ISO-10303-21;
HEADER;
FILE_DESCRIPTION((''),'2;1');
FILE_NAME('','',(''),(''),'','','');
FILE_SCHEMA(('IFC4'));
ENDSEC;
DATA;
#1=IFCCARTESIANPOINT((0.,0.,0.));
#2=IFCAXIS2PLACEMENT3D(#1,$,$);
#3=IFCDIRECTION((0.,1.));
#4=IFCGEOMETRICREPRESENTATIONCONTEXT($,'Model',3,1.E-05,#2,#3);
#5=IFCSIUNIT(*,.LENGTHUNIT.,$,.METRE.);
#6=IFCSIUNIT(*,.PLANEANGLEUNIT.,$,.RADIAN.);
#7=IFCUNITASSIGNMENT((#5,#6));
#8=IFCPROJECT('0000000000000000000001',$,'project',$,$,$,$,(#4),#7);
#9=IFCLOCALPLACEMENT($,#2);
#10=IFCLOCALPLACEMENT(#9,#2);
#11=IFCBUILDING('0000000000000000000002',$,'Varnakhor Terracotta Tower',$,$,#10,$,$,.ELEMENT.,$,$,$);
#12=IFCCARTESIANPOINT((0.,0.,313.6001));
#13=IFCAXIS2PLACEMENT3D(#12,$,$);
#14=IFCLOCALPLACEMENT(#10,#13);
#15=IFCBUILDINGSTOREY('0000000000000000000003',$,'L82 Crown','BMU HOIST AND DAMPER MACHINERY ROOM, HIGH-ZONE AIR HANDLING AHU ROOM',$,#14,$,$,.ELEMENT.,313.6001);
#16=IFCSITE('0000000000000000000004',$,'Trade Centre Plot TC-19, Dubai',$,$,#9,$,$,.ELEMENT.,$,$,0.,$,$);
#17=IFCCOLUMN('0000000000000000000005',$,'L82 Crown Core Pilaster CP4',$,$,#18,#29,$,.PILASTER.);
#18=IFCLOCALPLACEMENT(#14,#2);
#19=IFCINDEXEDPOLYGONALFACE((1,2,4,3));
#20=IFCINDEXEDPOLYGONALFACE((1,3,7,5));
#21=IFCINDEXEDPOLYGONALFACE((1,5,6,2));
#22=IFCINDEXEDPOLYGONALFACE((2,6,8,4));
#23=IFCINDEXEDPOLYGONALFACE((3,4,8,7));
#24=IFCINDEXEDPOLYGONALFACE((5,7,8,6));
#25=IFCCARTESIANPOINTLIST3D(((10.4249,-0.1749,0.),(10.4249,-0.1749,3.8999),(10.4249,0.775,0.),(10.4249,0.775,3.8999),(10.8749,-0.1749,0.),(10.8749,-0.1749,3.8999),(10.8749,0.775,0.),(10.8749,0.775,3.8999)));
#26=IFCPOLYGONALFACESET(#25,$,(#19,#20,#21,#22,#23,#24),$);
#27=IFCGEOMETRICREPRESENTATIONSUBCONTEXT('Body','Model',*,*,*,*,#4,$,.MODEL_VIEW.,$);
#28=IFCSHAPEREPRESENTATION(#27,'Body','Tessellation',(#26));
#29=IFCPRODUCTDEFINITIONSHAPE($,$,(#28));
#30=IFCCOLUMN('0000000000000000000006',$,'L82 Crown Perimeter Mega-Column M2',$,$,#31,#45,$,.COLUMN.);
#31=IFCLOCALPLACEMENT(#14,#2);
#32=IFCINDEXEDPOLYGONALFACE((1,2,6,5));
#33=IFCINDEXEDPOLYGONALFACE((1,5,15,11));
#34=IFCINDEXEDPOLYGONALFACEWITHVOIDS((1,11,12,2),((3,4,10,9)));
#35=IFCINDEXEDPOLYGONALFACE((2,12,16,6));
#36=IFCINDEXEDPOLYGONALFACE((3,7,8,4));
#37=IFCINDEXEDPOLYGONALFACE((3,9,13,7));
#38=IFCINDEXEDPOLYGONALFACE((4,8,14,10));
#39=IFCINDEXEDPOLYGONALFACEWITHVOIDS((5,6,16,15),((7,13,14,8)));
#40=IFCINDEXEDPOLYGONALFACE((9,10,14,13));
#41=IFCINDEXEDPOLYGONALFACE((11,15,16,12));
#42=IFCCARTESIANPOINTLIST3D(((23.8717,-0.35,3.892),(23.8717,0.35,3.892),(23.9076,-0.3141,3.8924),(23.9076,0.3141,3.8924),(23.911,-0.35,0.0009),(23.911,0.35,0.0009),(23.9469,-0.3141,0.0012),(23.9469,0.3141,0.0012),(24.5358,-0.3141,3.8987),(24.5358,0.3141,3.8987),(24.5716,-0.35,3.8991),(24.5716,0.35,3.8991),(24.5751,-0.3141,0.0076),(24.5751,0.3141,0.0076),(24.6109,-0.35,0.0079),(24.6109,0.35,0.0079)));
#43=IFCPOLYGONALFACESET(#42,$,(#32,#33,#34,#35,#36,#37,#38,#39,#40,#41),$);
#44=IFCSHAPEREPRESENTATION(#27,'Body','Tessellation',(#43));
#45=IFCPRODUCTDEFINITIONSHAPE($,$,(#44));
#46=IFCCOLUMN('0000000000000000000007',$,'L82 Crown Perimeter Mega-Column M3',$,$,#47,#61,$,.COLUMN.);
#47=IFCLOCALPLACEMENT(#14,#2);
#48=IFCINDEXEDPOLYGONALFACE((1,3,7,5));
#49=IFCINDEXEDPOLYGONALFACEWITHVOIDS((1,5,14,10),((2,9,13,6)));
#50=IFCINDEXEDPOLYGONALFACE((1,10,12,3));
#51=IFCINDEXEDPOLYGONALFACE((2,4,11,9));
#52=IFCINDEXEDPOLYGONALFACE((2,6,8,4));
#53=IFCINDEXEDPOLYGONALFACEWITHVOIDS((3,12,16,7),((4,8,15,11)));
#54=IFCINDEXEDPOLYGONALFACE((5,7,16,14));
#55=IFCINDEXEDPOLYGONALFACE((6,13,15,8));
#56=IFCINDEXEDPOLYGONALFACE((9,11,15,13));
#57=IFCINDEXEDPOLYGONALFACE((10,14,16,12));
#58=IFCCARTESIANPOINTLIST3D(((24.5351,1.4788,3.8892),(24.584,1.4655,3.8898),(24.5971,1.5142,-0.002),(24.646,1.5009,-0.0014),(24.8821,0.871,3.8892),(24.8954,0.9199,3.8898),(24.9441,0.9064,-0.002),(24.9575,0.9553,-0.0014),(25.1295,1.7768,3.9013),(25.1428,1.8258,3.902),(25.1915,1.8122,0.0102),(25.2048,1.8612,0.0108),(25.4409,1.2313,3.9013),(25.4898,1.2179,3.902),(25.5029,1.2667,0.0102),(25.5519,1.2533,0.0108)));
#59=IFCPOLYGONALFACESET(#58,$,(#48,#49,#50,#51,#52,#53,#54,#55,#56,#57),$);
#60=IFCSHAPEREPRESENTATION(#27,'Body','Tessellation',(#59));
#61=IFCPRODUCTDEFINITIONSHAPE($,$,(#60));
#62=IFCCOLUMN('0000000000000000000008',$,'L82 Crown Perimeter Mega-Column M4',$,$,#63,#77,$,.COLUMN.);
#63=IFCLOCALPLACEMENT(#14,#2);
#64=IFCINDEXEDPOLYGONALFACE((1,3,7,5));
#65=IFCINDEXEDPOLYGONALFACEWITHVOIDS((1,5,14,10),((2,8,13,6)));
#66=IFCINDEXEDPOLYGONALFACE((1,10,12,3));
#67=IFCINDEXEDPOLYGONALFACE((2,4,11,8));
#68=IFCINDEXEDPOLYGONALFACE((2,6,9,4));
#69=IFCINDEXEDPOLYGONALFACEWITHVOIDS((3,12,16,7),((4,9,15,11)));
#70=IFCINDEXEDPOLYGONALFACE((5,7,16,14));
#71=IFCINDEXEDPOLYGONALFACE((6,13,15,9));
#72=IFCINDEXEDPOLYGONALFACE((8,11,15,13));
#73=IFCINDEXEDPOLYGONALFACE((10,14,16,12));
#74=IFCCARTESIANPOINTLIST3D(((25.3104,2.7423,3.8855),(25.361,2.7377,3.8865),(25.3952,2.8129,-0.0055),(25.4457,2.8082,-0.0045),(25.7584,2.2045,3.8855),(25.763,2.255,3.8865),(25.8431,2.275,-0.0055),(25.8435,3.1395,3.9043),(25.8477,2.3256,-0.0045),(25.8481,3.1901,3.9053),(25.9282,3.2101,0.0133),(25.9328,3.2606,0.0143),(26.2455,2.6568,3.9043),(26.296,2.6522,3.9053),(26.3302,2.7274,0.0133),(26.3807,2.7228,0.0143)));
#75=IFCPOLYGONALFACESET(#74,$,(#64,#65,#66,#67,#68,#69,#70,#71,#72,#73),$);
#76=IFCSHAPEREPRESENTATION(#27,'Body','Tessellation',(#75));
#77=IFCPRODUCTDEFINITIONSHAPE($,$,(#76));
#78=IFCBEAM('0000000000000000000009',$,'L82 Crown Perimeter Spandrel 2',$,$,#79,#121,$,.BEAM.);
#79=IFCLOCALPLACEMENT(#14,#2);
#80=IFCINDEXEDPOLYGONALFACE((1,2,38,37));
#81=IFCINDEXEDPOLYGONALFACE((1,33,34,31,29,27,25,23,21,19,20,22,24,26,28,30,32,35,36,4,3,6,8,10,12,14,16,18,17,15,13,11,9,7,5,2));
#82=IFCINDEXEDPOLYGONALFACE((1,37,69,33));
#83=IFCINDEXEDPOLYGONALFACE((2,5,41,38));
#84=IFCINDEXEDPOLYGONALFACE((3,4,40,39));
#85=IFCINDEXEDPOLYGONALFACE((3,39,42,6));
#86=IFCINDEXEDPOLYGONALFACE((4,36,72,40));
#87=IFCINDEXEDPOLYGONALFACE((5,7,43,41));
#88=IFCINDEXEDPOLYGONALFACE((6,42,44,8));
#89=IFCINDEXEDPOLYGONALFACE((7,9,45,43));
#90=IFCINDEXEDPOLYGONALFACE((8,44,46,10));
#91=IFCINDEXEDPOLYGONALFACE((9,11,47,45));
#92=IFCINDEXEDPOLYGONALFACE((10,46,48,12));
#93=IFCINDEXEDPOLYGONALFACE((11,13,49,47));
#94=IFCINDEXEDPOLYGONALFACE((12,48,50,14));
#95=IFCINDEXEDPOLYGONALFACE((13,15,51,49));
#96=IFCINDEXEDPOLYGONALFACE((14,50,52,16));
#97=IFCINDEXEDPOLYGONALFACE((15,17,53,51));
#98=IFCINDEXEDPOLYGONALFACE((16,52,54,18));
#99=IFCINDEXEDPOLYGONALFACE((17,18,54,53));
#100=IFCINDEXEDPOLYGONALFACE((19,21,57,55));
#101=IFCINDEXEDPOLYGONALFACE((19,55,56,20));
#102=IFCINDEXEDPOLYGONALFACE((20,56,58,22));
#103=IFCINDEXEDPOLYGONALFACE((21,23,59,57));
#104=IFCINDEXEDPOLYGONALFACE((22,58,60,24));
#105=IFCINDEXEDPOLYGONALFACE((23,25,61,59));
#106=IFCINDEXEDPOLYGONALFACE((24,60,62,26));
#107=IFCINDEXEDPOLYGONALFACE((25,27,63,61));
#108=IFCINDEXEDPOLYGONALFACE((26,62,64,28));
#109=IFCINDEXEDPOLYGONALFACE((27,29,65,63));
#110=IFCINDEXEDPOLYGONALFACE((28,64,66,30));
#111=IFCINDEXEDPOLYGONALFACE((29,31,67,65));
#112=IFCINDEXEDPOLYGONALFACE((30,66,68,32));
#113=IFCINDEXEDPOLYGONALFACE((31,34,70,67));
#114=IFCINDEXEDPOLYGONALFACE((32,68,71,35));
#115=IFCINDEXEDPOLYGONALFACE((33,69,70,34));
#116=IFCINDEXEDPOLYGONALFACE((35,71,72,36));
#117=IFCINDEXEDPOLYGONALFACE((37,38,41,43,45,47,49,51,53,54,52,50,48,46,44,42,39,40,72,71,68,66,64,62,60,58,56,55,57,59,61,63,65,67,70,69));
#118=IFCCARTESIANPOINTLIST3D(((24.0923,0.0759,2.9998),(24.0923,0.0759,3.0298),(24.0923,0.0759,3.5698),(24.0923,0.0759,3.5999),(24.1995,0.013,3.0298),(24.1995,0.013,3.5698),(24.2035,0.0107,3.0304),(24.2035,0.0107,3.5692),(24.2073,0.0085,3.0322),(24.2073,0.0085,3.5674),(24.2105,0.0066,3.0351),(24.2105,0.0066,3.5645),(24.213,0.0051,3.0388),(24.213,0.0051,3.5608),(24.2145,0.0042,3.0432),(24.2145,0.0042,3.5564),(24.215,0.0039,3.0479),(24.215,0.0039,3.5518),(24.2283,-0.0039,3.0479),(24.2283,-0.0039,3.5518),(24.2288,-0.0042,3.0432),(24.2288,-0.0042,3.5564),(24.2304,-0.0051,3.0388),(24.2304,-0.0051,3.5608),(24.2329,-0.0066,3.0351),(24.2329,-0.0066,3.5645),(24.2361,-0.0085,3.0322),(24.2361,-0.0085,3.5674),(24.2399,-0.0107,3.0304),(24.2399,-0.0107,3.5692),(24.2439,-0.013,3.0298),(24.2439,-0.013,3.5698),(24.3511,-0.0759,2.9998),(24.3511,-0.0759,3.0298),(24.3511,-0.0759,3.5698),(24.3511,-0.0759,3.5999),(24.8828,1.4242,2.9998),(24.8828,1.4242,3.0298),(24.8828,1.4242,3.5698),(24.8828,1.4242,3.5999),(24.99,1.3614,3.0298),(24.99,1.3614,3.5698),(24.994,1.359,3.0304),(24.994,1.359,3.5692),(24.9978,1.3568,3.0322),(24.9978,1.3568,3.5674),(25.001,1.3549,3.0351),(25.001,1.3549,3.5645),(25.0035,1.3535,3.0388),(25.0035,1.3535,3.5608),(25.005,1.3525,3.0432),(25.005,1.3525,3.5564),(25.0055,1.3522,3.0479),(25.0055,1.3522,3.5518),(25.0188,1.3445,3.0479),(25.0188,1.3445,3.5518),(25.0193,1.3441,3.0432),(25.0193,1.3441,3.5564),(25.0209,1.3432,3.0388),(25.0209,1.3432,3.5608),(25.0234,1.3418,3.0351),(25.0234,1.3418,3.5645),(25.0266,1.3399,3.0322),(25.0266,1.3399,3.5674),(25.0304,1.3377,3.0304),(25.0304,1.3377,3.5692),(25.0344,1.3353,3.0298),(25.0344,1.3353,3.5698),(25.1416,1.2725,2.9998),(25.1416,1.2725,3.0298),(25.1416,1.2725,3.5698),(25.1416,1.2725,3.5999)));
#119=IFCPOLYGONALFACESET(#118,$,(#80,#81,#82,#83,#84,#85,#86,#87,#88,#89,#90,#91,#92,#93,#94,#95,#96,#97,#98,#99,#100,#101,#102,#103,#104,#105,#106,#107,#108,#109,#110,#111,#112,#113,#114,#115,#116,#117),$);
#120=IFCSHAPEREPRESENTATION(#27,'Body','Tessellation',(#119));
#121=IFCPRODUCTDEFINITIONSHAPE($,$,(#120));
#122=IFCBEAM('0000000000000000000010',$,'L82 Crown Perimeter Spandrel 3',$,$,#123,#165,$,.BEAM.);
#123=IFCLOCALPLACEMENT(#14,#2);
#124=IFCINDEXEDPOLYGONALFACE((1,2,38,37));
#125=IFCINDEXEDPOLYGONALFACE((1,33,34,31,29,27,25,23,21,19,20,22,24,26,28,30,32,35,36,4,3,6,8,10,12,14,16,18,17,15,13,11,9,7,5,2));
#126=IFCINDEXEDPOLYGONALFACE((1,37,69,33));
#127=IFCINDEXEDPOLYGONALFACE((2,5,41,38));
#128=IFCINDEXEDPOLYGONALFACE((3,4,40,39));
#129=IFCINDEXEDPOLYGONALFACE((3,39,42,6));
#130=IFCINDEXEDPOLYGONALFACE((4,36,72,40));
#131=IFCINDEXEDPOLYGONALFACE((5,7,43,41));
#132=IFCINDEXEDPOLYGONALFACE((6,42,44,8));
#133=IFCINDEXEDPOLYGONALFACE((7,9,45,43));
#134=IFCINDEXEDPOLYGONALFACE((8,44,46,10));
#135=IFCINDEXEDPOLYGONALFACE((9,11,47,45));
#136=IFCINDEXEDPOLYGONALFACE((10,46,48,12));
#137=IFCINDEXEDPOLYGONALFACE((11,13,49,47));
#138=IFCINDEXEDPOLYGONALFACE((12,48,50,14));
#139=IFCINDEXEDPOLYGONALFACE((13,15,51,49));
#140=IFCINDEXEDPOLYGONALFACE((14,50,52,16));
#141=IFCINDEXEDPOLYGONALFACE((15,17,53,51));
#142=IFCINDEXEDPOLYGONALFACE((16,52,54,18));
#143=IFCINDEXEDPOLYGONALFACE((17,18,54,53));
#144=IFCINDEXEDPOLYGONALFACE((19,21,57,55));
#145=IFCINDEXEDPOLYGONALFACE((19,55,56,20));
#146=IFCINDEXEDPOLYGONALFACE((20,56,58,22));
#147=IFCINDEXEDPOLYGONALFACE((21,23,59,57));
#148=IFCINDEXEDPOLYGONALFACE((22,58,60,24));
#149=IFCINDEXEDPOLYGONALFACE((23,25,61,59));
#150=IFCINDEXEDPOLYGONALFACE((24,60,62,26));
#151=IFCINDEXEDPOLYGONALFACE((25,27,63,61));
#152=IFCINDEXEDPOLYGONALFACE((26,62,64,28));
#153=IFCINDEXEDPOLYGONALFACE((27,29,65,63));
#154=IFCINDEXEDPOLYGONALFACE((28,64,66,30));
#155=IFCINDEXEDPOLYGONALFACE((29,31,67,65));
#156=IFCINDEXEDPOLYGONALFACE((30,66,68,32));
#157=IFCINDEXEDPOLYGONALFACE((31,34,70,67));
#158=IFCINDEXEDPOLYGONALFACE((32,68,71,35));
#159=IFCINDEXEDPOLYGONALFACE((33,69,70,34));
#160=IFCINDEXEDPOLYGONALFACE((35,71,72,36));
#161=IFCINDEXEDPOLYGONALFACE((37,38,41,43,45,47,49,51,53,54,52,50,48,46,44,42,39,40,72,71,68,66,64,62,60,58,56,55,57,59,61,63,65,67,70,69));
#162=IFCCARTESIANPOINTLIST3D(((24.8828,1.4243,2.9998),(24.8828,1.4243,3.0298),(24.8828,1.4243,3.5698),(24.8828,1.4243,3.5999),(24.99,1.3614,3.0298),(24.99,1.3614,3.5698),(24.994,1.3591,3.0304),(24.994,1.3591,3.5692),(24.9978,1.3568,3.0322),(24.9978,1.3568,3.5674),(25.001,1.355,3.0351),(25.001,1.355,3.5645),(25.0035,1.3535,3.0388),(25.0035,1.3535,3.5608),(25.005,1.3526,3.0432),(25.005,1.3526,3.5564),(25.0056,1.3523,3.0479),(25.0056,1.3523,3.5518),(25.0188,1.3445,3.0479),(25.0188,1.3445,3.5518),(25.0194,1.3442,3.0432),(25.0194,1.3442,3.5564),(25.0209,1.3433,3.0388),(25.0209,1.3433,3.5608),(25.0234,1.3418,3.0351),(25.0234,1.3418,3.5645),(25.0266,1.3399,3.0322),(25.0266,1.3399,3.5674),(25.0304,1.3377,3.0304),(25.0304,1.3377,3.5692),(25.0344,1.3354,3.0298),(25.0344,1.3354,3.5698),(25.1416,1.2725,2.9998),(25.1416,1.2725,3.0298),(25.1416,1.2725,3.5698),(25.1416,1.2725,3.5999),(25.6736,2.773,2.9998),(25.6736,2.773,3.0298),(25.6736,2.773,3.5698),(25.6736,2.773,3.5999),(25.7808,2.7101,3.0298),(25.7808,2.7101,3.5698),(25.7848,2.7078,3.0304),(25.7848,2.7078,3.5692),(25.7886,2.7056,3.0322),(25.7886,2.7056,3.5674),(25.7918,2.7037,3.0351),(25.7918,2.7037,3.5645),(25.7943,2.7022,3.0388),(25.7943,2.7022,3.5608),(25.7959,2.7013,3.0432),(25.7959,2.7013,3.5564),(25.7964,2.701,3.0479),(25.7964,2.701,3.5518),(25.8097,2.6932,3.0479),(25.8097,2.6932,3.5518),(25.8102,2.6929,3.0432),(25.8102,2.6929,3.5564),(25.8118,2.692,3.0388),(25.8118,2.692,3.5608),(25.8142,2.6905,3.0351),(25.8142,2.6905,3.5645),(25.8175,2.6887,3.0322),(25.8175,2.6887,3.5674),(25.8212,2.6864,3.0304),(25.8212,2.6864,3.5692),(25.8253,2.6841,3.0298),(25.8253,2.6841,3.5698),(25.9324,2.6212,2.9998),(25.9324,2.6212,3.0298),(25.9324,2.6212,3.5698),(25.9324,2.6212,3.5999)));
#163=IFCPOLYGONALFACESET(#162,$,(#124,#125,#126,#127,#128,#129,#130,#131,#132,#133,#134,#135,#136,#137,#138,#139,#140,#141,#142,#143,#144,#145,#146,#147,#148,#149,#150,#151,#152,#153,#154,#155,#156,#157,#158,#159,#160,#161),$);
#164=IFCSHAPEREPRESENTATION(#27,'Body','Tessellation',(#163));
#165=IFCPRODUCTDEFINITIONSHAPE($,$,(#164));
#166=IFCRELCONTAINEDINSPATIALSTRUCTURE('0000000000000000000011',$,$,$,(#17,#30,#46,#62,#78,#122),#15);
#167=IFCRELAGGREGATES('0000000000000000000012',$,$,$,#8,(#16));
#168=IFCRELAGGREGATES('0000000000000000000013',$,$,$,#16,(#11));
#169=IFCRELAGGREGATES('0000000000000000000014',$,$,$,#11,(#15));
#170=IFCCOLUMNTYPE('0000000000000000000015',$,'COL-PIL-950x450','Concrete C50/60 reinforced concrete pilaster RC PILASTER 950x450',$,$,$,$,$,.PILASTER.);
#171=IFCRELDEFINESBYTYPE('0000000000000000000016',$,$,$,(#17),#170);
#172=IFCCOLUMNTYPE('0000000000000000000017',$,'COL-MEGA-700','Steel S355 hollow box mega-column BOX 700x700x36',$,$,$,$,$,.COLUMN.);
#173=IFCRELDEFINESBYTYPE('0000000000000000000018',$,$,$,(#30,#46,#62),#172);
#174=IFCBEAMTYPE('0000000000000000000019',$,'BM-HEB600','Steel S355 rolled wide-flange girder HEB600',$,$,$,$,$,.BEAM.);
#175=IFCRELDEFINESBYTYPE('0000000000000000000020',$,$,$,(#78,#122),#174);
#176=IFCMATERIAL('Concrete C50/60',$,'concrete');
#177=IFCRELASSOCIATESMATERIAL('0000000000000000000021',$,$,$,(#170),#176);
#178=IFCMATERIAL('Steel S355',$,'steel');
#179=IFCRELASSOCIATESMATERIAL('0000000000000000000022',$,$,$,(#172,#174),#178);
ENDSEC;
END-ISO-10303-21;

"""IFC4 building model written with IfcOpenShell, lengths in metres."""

from ifc_helpers import new_model, si_unit, direction, frame, origin, origin_2d, place, context, subcontext, project, spatial, rectangle, hollow_rectangle, i_section, extrude, source, transform, mapped, material, material_profile, profile_set, type_object, element, save


model = new_model("IFC4")

# Units and contexts
model_context = context("Model", 3, precision=1e-05, world=origin(), true_north=direction((0.0, 1.0)))
body_context = subcontext(model_context, "Body", "Model", "MODEL_VIEW")
ifc_project = project(units=[si_unit("LENGTHUNIT", "METRE"), si_unit("PLANEANGLEUNIT", "RADIAN")], contexts=[model_context])

# Site, building, storey
site_placement = place(None, origin())
site = spatial("IfcSite", under=ifc_project, at=site_placement, Name="Trade Centre Plot TC-19, Dubai", CompositionType="ELEMENT", RefElevation=0.0)
building_placement = place(site_placement, origin())
building = spatial("IfcBuilding", under=site, at=building_placement, Name="Varnakhor Terracotta Tower", CompositionType="ELEMENT")
storey_placement = place(building_placement, frame((0.0, 0.0, 313.6001)))
storey = spatial("IfcBuildingStorey", under=building, at=storey_placement, Name="L82 Crown", Description="BMU HOIST AND DAMPER MACHINERY ROOM, HIGH-ZONE AIR HANDLING AHU ROOM", CompositionType="ELEMENT", Elevation=313.6001)

# Columns
ifc_material_1 = material(Name="Concrete C50/60", Category="concrete")
ifc_material_profile_1 = material_profile(ifc_material_1, rectangle(XDim=0.45, YDim=0.95, at=origin_2d()), Name="RC PILASTER 950x450")
ifc_profile_set_1 = profile_set([ifc_material_profile_1], Name="Concrete C50/60")
column_type_1 = type_object("IfcColumnType", Name="COL-PIL-950x450", Description="Concrete C50/60 reinforced concrete pilaster RC PILASTER 950x450", PredefinedType="PILASTER", material=ifc_profile_set_1)
shared_shape_1 = source(origin(), body_context, "Body", "SweptSolid", [
    extrude(rectangle(XDim=0.45, YDim=0.95, at=origin_2d()), origin(), (0.0, 0.0, 1.0), 3.8999),
])
column_1_placement = place(storey_placement, frame((10.6499, 0.3, 0.0), z_axis=(0.0, 0.0, 1.0), x_axis=(1.0, 0.0, 0.0)))
element("IfcColumn", 1, at=column_1_placement, inside=storey, type_object=column_type_1, Name="L82 Crown Core Pilaster CP4", PredefinedType="PILASTER", context=body_context, shape_type="MappedRepresentation", body=[
    mapped(shared_shape_1, transform((0.0, 0.0, 0.0), scale=1.0)),
])
ifc_material_2 = material(Name="Steel S355", Category="steel")
ifc_material_profile_2 = material_profile(ifc_material_2, hollow_rectangle(XDim=0.7, YDim=0.7, WallThickness=0.0359, at=origin_2d()), Name="BOX 700x700x36")
ifc_profile_set_2 = profile_set([ifc_material_profile_2], Name="Steel S355")
column_type_2 = type_object("IfcColumnType", Name="COL-MEGA-700", Description="Steel S355 hollow box mega-column BOX 700x700x36", PredefinedType="COLUMN", material=ifc_profile_set_2)
shared_shape_2 = source(origin(), body_context, "Body", "SweptSolid", [
    extrude(hollow_rectangle(XDim=0.7, YDim=0.7, WallThickness=0.0359, at=origin_2d()), origin(), (0.0, 0.0, 1.0), 3.8914),
])
column_2_placement = place(storey_placement, frame((24.261, 0.0, 0.0044), z_axis=(-0.010101, 0.0, 0.999949), x_axis=(0.0, -1.0, 0.0)))
element("IfcColumn", 2, at=column_2_placement, inside=storey, type_object=column_type_2, Name="L82 Crown Perimeter Mega-Column M2", PredefinedType="COLUMN", context=body_context, shape_type="MappedRepresentation", body=[
    mapped(shared_shape_2, transform((0.0, 0.0, 0.0), scale=1.0)),
])
shared_shape_3 = source(origin(), body_context, "Body", "SweptSolid", [
    extrude(hollow_rectangle(XDim=0.7, YDim=0.7, WallThickness=0.0359, at=origin_2d()), origin(), (0.0, 0.0, 1.0), 3.8918),
])
column_3_placement = place(storey_placement, frame((25.0745, 1.3838, 0.0044), z_axis=(-0.015934, -0.009096, 0.999832), x_axis=(0.495771, -0.868453, 0.0)))
element("IfcColumn", 3, at=column_3_placement, inside=storey, type_object=column_type_2, Name="L82 Crown Perimeter Mega-Column M3", PredefinedType="COLUMN", context=body_context, shape_type="MappedRepresentation", body=[
    mapped(shared_shape_3, transform((0.0, 0.0, 0.0), scale=1.0)),
])
shared_shape_4 = source(origin(), body_context, "Body", "SweptSolid", [
    extrude(hollow_rectangle(XDim=0.7, YDim=0.7, WallThickness=0.0359, at=origin_2d()), origin(), (0.0, 0.0, 1.0), 3.8926),
])
column_4_placement = place(storey_placement, frame((25.8879, 2.7678, 0.0044), z_axis=(-0.021763, -0.018125, 0.999599), x_axis=(0.639967, -0.768403, 0.0)))
element("IfcColumn", 4, at=column_4_placement, inside=storey, type_object=column_type_2, Name="L82 Crown Perimeter Mega-Column M4", PredefinedType="COLUMN", context=body_context, shape_type="MappedRepresentation", body=[
    mapped(shared_shape_4, transform((0.0, 0.0, 0.0), scale=1.0)),
])

# Beams
ifc_material_profile_3 = material_profile(ifc_material_2, i_section(OverallWidth=0.3, OverallDepth=0.6001, WebThickness=0.0154, FlangeThickness=0.03, FilletRadius=0.0181, at=origin_2d()), Name="HEB600")
ifc_profile_set_3 = profile_set([ifc_material_profile_3], Name="Steel S355")
beam_type = type_object("IfcBeamType", Name="BM-HEB600", Description="Steel S355 rolled wide-flange girder HEB600", PredefinedType="BEAM", material=ifc_profile_set_3)
shared_shape_5 = source(origin(), body_context, "Body", "SweptSolid", [
    extrude(i_section(OverallWidth=0.3, OverallDepth=0.6001, WebThickness=0.0154, FlangeThickness=0.03, FilletRadius=0.0181, at=origin_2d()), origin(), (0.0, 0.0, 1.0), 1.563),
])
beam_1_placement = place(storey_placement, frame((24.2217, 0.0, 3.2998), z_axis=(0.505764, 0.862672, 0.0), x_axis=(-0.862672, 0.505764, 0.0)))
element("IfcBeam", 5, at=beam_1_placement, inside=storey, type_object=beam_type, Name="L82 Crown Perimeter Spandrel 2", PredefinedType="BEAM", context=body_context, shape_type="MappedRepresentation", body=[
    mapped(shared_shape_5, transform((0.0, 0.0, 0.0), scale=1.0)),
])
shared_shape_6 = source(origin(), body_context, "Body", "SweptSolid", [
    extrude(i_section(OverallWidth=0.3, OverallDepth=0.6001, WebThickness=0.0154, FlangeThickness=0.03, FilletRadius=0.0181, at=origin_2d()), origin(), (0.0, 0.0, 1.0), 1.5635),
])
beam_2_placement = place(storey_placement, frame((25.0122, 1.3484, 3.2998), z_axis=(0.505812, 0.862644, 0.0), x_axis=(-0.862644, 0.505812, 0.0)))
element("IfcBeam", 6, at=beam_2_placement, inside=storey, type_object=beam_type, Name="L82 Crown Perimeter Spandrel 3", PredefinedType="BEAM", context=body_context, shape_type="MappedRepresentation", body=[
    mapped(shared_shape_6, transform((0.0, 0.0, 0.0), scale=1.0)),
])

save(model, "model.ifc")
